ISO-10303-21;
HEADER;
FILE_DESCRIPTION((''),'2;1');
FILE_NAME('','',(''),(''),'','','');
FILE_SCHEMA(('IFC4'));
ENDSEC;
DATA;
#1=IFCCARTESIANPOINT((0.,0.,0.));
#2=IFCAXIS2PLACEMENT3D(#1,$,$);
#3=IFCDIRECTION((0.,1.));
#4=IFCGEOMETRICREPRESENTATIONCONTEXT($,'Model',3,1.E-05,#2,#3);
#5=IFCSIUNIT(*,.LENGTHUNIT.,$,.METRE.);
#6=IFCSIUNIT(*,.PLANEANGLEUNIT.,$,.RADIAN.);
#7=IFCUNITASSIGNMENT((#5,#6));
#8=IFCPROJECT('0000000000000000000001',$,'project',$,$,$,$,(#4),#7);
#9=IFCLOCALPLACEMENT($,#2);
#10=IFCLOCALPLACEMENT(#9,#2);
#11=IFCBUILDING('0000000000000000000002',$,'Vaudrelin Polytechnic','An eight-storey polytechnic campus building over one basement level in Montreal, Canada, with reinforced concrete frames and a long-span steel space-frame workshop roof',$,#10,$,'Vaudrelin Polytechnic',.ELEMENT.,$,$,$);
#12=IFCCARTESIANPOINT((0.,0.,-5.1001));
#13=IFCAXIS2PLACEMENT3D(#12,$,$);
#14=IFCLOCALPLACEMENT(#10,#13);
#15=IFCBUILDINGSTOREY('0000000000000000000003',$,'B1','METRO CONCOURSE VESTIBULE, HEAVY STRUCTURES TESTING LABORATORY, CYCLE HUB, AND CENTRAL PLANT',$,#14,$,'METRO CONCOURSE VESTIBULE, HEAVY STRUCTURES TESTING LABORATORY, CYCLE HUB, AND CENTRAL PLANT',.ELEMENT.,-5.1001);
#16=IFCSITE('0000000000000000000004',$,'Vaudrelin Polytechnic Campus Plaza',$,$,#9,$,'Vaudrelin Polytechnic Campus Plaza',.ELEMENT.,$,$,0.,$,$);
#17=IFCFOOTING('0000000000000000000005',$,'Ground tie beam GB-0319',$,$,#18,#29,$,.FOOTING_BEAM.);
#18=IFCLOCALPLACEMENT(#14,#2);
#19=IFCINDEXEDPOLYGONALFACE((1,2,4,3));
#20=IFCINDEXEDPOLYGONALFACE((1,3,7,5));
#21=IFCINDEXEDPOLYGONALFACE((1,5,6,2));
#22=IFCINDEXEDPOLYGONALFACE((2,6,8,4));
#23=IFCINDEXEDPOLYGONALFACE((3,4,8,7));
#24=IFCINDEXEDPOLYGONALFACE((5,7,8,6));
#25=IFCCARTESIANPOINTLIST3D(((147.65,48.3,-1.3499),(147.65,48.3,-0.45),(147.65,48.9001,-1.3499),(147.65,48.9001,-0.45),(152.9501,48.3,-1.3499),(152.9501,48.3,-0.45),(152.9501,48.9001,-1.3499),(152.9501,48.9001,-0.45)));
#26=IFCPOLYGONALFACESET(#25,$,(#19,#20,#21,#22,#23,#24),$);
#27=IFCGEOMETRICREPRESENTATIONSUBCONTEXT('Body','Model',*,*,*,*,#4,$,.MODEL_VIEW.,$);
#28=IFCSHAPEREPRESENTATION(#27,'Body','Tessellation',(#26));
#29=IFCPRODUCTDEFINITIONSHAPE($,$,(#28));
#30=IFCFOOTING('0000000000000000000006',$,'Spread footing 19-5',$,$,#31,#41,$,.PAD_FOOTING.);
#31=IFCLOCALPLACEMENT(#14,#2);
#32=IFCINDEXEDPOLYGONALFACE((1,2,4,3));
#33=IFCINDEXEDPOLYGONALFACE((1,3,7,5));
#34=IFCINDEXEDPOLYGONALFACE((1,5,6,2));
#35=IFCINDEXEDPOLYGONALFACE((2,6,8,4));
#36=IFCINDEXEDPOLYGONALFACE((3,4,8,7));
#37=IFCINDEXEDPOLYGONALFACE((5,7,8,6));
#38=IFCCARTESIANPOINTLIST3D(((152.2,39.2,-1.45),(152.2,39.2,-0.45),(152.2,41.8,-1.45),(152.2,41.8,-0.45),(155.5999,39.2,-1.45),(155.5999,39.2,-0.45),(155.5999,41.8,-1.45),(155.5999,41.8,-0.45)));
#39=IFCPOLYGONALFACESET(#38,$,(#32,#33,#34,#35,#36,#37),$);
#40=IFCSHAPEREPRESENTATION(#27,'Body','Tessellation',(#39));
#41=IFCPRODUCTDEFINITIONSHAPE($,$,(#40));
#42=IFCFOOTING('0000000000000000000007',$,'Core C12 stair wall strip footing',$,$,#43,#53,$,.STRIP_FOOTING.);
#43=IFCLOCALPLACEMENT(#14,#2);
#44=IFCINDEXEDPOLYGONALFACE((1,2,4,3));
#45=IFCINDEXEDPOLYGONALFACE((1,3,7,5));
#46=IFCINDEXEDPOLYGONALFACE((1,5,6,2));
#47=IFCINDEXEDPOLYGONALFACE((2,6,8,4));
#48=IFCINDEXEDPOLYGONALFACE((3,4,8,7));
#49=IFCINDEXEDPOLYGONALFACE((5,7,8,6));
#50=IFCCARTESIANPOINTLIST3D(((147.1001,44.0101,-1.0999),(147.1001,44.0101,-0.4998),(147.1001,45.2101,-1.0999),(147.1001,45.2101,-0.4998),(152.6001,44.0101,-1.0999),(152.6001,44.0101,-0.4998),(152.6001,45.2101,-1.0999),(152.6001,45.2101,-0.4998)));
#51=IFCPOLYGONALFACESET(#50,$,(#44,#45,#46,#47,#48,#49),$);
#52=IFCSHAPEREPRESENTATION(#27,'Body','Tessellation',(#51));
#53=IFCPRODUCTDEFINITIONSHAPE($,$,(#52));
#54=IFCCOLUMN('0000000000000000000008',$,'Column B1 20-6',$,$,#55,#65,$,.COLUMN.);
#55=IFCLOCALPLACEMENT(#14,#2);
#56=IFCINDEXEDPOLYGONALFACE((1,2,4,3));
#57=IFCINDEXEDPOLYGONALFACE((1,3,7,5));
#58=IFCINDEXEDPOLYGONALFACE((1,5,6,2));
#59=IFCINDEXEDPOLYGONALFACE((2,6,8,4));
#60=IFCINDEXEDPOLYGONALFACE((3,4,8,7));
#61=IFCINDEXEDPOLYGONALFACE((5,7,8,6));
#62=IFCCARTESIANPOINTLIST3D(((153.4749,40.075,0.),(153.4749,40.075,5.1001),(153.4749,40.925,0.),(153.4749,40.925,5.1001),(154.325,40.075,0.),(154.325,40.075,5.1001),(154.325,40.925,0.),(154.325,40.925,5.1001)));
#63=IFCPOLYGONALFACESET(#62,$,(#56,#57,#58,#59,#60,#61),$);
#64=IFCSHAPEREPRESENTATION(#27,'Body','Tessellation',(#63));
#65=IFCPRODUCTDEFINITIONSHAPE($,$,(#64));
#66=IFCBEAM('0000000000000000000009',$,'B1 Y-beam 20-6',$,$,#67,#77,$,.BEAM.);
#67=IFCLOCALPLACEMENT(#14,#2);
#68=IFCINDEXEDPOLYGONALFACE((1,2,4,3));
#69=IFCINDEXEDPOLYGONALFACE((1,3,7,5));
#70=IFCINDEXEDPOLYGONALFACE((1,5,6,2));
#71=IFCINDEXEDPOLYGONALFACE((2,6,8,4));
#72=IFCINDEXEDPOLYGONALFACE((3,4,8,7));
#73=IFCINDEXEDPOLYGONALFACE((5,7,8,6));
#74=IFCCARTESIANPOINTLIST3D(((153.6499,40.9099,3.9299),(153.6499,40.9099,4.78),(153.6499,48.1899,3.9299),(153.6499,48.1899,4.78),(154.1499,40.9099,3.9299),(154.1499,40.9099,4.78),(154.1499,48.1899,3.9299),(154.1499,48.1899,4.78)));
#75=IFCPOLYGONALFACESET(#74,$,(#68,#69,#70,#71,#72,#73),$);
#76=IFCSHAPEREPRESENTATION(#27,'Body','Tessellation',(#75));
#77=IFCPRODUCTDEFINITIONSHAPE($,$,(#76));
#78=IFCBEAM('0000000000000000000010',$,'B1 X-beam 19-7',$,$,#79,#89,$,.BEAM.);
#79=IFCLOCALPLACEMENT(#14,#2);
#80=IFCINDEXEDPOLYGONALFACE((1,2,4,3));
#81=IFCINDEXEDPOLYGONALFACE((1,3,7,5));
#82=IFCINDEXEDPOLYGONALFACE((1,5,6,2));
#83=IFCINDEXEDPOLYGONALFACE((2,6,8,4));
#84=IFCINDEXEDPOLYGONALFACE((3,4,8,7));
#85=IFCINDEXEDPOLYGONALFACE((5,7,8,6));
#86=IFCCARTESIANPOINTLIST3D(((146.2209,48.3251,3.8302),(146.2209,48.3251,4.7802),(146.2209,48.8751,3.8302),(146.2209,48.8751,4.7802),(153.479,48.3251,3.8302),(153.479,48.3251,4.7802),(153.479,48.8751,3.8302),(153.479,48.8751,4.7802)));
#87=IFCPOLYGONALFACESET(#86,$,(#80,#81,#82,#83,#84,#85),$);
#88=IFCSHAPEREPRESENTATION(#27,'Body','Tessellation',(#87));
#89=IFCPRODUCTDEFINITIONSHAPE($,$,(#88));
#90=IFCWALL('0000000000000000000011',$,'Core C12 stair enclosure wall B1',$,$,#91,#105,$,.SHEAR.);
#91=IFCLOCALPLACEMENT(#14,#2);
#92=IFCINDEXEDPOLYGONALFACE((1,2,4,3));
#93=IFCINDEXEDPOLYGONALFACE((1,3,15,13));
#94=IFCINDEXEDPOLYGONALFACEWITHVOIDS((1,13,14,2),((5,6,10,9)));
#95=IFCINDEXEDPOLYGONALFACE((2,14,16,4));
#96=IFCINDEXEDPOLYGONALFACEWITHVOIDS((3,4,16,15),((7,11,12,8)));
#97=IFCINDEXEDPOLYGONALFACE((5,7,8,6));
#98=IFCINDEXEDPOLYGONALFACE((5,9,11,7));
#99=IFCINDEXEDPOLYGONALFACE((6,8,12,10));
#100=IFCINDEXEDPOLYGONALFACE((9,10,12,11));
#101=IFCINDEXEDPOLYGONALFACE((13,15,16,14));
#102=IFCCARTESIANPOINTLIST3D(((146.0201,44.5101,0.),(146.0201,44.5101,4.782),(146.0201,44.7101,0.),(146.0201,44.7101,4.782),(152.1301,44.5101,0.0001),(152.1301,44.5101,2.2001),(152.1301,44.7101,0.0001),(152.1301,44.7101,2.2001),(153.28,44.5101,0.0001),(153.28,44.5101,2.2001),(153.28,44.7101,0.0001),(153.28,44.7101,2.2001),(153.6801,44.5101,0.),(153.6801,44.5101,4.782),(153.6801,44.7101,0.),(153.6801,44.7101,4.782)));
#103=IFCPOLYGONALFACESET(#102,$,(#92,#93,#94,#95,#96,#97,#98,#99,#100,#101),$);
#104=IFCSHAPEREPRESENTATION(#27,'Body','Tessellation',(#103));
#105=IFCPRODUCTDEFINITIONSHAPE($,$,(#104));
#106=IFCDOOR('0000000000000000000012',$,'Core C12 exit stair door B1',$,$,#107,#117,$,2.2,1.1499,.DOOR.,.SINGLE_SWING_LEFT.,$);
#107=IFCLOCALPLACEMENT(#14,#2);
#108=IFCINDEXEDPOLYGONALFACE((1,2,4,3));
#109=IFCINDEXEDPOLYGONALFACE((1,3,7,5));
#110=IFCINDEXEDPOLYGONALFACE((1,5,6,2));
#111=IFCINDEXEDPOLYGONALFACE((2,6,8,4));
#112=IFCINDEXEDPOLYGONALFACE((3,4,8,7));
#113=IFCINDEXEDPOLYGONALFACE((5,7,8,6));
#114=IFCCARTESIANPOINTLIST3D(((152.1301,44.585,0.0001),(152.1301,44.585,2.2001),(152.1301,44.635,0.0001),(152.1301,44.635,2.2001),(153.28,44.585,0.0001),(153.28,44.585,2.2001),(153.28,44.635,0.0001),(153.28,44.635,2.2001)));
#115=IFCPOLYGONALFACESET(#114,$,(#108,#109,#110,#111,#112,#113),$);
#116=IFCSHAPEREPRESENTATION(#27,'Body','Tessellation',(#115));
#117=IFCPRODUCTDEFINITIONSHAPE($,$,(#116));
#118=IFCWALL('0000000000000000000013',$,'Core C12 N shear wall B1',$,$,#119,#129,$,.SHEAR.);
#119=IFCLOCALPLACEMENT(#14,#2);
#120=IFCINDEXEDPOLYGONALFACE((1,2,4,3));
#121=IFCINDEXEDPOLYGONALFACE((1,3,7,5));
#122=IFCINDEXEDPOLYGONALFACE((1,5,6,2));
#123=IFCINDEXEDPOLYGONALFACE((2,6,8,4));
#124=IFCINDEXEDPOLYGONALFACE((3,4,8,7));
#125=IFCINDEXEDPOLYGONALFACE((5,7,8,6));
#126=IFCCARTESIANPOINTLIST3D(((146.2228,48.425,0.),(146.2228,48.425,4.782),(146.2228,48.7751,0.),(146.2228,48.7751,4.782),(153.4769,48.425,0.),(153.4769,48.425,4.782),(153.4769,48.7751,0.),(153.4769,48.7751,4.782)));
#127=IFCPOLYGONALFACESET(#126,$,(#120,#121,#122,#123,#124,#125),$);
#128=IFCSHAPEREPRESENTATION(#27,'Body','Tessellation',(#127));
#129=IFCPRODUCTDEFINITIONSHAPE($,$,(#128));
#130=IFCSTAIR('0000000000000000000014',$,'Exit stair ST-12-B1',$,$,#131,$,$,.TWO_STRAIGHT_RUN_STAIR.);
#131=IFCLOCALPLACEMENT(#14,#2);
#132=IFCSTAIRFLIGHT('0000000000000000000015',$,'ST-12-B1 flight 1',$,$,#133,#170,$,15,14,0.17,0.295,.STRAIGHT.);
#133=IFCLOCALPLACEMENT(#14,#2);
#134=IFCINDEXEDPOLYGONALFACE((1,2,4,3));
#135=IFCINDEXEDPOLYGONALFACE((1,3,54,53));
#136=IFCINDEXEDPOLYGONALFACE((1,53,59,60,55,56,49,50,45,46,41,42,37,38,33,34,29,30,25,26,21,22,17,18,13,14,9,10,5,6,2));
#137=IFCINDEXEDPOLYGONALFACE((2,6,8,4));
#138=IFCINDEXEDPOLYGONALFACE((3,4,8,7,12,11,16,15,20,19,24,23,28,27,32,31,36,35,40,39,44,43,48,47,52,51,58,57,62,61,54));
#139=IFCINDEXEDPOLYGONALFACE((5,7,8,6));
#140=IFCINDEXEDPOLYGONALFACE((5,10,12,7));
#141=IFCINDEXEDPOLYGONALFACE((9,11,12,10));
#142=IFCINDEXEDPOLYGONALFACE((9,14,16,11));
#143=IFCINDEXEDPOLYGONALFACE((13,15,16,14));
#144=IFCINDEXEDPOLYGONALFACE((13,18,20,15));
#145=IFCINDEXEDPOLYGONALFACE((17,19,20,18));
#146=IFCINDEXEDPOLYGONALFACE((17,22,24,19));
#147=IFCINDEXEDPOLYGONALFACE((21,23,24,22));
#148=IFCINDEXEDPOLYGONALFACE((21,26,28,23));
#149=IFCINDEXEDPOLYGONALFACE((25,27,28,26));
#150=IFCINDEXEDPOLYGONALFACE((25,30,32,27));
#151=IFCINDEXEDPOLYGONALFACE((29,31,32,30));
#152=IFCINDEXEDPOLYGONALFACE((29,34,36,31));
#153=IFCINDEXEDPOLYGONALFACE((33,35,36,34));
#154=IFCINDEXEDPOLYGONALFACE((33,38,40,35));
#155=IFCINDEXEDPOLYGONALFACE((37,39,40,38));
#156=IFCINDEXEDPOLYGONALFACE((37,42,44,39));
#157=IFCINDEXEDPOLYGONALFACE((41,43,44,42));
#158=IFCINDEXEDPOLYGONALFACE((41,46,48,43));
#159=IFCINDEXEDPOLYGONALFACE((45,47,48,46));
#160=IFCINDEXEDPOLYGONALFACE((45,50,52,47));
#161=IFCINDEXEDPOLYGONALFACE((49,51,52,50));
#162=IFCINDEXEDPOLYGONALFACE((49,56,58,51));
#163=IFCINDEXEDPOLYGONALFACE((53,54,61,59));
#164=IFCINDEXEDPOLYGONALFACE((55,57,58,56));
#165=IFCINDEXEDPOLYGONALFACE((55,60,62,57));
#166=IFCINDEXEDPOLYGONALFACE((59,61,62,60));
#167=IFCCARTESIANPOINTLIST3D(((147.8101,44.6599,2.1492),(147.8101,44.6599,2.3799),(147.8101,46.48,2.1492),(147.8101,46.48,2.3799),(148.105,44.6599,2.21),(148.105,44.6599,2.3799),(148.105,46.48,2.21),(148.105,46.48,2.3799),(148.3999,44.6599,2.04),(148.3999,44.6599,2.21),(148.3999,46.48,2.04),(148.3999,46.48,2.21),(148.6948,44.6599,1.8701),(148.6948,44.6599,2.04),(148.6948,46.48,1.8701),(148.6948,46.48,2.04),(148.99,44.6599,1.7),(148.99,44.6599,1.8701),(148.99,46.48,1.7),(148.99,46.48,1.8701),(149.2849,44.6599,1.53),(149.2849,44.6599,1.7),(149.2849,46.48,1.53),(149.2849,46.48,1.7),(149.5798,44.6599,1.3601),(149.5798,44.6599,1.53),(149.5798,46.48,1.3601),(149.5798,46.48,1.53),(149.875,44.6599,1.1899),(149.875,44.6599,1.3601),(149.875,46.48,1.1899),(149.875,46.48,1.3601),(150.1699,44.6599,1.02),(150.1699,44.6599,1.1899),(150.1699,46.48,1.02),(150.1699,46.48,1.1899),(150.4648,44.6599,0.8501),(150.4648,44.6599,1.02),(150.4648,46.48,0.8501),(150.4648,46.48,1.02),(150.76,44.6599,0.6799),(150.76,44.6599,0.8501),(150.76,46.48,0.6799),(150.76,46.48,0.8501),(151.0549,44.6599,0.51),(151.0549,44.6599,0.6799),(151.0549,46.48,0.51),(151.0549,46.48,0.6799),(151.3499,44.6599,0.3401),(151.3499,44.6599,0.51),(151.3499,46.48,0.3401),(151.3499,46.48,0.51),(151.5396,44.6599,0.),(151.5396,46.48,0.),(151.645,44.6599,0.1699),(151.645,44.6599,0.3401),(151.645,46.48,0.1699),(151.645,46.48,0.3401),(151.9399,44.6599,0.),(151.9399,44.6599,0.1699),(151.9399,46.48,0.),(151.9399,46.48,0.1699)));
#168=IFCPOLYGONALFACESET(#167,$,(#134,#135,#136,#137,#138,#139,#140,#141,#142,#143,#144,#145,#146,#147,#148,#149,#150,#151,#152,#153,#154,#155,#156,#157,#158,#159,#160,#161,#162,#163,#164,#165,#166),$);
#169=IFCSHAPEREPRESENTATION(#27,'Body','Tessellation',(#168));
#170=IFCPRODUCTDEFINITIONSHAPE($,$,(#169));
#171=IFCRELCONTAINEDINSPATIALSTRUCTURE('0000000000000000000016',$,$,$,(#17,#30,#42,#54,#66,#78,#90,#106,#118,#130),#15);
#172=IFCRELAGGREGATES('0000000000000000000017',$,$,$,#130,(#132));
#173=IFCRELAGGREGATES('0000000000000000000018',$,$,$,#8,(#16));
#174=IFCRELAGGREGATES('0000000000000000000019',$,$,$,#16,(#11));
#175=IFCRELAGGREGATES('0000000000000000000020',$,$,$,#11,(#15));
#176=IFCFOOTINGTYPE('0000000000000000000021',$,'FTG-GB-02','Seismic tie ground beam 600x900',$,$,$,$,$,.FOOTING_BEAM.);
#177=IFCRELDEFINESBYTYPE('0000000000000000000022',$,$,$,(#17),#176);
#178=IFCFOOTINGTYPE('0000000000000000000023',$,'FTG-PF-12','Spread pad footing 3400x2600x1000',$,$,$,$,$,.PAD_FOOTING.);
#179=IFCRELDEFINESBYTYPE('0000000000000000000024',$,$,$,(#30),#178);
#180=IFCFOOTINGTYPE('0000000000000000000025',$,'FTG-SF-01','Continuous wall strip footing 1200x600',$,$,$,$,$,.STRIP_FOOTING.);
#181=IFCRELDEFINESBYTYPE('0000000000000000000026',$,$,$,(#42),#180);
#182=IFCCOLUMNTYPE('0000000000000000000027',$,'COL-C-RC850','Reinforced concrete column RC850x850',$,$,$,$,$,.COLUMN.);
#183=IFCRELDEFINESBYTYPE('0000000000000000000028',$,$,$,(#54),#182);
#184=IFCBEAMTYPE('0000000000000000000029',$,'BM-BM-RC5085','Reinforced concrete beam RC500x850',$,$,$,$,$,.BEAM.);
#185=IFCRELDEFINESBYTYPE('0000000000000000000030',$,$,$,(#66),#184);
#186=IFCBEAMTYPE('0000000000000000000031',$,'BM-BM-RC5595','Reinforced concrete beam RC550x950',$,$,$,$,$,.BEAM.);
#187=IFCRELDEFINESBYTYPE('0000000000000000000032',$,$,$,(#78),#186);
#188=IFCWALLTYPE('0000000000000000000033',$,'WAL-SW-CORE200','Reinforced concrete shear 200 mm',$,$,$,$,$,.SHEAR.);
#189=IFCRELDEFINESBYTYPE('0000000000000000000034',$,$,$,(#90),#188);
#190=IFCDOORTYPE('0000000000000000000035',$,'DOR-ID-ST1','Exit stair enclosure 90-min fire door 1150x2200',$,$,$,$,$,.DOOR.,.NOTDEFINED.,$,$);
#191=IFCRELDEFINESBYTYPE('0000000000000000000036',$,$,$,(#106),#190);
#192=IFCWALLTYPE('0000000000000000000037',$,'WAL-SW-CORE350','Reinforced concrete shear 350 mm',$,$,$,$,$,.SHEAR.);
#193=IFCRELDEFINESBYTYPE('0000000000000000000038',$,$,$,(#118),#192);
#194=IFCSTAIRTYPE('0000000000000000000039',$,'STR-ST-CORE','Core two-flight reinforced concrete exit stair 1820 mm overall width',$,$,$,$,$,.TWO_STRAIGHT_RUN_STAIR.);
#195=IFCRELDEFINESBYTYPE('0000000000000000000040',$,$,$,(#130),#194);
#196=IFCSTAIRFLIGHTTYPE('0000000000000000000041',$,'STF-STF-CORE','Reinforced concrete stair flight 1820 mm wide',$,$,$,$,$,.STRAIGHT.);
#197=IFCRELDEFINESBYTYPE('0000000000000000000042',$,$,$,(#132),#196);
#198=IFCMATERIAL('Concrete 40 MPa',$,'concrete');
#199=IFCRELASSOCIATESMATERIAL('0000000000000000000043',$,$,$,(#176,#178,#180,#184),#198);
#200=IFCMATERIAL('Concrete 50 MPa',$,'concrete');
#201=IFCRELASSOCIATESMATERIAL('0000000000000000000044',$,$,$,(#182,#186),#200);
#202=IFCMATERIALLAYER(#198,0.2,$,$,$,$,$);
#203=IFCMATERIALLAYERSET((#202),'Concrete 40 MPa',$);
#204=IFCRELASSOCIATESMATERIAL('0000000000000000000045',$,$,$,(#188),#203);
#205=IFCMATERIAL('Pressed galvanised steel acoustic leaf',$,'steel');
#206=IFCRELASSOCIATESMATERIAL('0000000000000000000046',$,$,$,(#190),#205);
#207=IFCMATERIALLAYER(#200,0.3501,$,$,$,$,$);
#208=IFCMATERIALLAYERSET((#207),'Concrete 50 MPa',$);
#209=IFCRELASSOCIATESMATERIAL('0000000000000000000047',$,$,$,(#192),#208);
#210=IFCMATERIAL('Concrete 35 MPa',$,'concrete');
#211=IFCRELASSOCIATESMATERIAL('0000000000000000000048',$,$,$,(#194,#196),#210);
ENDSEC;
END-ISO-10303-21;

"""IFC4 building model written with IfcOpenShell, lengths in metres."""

from ifc_helpers import new_model, si_unit, direction, frame, frame_2d, origin, origin_2d, place, context, subcontext, project, spatial, polyline, rectangle, outline, extrude, material, layer, layer_set, material_profile, profile_set, type_object, element, fill, aggregate, save


model = new_model("IFC4")

# Units and contexts
model_context = context("Model", 3, precision=1e-05, world=origin(), true_north=direction((0.0, 1.0)))
body_context = subcontext(model_context, "Body", "Model", "MODEL_VIEW")
ifc_project = project(units=[si_unit("LENGTHUNIT", "METRE"), si_unit("PLANEANGLEUNIT", "RADIAN")], contexts=[model_context])

# Site, building, storey
site_placement = place(None, origin())
site = spatial("IfcSite", under=ifc_project, at=site_placement, Name="Vaudrelin Polytechnic Campus Plaza", LongName="Vaudrelin Polytechnic Campus Plaza", CompositionType="ELEMENT", RefElevation=0.0)
building_placement = place(site_placement, origin())
building = spatial("IfcBuilding", under=site, at=building_placement, Name="Vaudrelin Polytechnic", Description="An eight-storey polytechnic campus building over one basement level in Montreal, Canada, with reinforced concrete frames and a long-span steel space-frame workshop roof", LongName="Vaudrelin Polytechnic", CompositionType="ELEMENT")
storey_placement = place(building_placement, frame((0.0, 0.0, -5.1001)))
storey = spatial("IfcBuildingStorey", under=building, at=storey_placement, Name="B1", Description="METRO CONCOURSE VESTIBULE, HEAVY STRUCTURES TESTING LABORATORY, CYCLE HUB, AND CENTRAL PLANT", LongName="METRO CONCOURSE VESTIBULE, HEAVY STRUCTURES TESTING LABORATORY, CYCLE HUB, AND CENTRAL PLANT", CompositionType="ELEMENT", Elevation=-5.1001)

# Footings
ifc_material_1 = material(Name="Concrete 40 MPa", Category="concrete")
footing_type_1 = type_object("IfcFootingType", Name="FTG-GB-02", Description="Seismic tie ground beam 600x900", PredefinedType="FOOTING_BEAM", material=ifc_material_1)
footing_1_placement = place(storey_placement, frame((150.3, 48.6001, -1.3499), z_axis=(0.0, 0.0, 1.0), x_axis=(1.0, 0.0, 0.0)))
element("IfcFooting", 1, at=footing_1_placement, inside=storey, type_object=footing_type_1, Name="Ground tie beam GB-0319", PredefinedType="FOOTING_BEAM", context=body_context, shape_type="SweptSolid", body=[
    extrude(rectangle(XDim=5.3, YDim=0.6001, at=origin_2d()), origin(), (0.0, 0.0, 1.0), 0.8999),
])
footing_type_2 = type_object("IfcFootingType", Name="FTG-PF-12", Description="Spread pad footing 3400x2600x1000", PredefinedType="PAD_FOOTING", material=ifc_material_1)
footing_2_placement = place(storey_placement, frame((153.8999, 40.5, -1.45), z_axis=(0.0, 0.0, 1.0), x_axis=(1.0, 0.0, 0.0)))
element("IfcFooting", 2, at=footing_2_placement, inside=storey, type_object=footing_type_2, Name="Spread footing 19-5", PredefinedType="PAD_FOOTING", context=body_context, shape_type="SweptSolid", body=[
    extrude(rectangle(XDim=3.3999, YDim=2.6001, at=origin_2d()), origin(), (0.0, 0.0, 1.0), 1.0),
])
footing_type_3 = type_object("IfcFootingType", Name="FTG-SF-01", Description="Continuous wall strip footing 1200x600", PredefinedType="STRIP_FOOTING", material=ifc_material_1)
footing_3_placement = place(storey_placement, frame((149.8501, 44.6101, -1.0999), z_axis=(0.0, 0.0, 1.0), x_axis=(1.0, 0.0, 0.0)))
element("IfcFooting", 3, at=footing_3_placement, inside=storey, type_object=footing_type_3, Name="Core C12 stair wall strip footing", PredefinedType="STRIP_FOOTING", context=body_context, shape_type="SweptSolid", body=[
    extrude(rectangle(XDim=5.5, YDim=1.2, at=origin_2d()), origin(), (0.0, 0.0, 1.0), 0.6001),
])

# Column
ifc_material_2 = material(Name="Concrete 50 MPa", Category="concrete")
ifc_material_profile_1 = material_profile(ifc_material_2, rectangle(XDim=0.8501, YDim=0.8501, at=origin_2d()), Name="RC850x850")
ifc_profile_set_1 = profile_set([ifc_material_profile_1], Name="Concrete 50 MPa")
column_type = type_object("IfcColumnType", Name="COL-C-RC850", Description="Reinforced concrete column RC850x850", PredefinedType="COLUMN", material=ifc_profile_set_1)
column_placement = place(storey_placement, frame((153.8999, 40.5, 0.0), z_axis=(0.0, 0.0, 1.0), x_axis=(1.0, 0.0, 0.0)))
element("IfcColumn", 4, at=column_placement, inside=storey, type_object=column_type, Name="Column B1 20-6", PredefinedType="COLUMN", context=body_context, shape_type="SweptSolid", body=[
    extrude(rectangle(XDim=0.8501, YDim=0.8501, at=origin_2d()), origin(), (0.0, 0.0, 1.0), 5.1001),
])

# Beams
ifc_material_profile_2 = material_profile(ifc_material_1, rectangle(XDim=0.5, YDim=0.8501, at=origin_2d()), Name="RC500x850")
ifc_profile_set_2 = profile_set([ifc_material_profile_2], Name="Concrete 40 MPa")
beam_type_1 = type_object("IfcBeamType", Name="BM-BM-RC5085", Description="Reinforced concrete beam RC500x850", PredefinedType="BEAM", material=ifc_profile_set_2)
beam_1_placement = place(storey_placement, frame((153.8999, 40.9099, 4.355), z_axis=(0.0, 1.0, 0.0), x_axis=(-1.0, 0.0, 0.0)))
element("IfcBeam", 5, at=beam_1_placement, inside=storey, type_object=beam_type_1, Name="B1 Y-beam 20-6", PredefinedType="BEAM", context=body_context, shape_type="SweptSolid", body=[
    extrude(rectangle(XDim=0.5, YDim=0.8501, at=origin_2d()), origin(), (0.0, 0.0, 1.0), 7.28),
])
ifc_material_profile_3 = material_profile(ifc_material_2, rectangle(XDim=0.55, YDim=0.95, at=origin_2d()), Name="RC550x950")
ifc_profile_set_3 = profile_set([ifc_material_profile_3], Name="Concrete 50 MPa")
beam_type_2 = type_object("IfcBeamType", Name="BM-BM-RC5595", Description="Reinforced concrete beam RC550x950", PredefinedType="BEAM", material=ifc_profile_set_3)
beam_2_placement = place(storey_placement, frame((146.2209, 48.6001, 4.3052), z_axis=(1.0, 0.0, 0.0), x_axis=(0.0, 1.0, 0.0)))
element("IfcBeam", 6, at=beam_2_placement, inside=storey, type_object=beam_type_2, Name="B1 X-beam 19-7", PredefinedType="BEAM", context=body_context, shape_type="SweptSolid", body=[
    extrude(rectangle(XDim=0.55, YDim=0.95, at=origin_2d()), origin(), (0.0, 0.0, 1.0), 7.2581),
])

# Shared definitions
ifc_material_3 = material(Name="Pressed galvanised steel acoustic leaf", Category="steel")

# Wall, opening, door
ifc_layer_1 = layer(ifc_material_1, 0.2)
ifc_layer_set_1 = layer_set([ifc_layer_1], Name="Concrete 40 MPa")
wall_type_1 = type_object("IfcWallType", Name="WAL-SW-CORE200", Description="Reinforced concrete shear 200 mm", PredefinedType="SHEAR", material=ifc_layer_set_1)
wall_1_placement = place(storey_placement, frame((146.02, 44.6101, 0.0), z_axis=(0.0, 0.0, 1.0), x_axis=(1.0, 0.0, 0.0)))
wall_1 = element("IfcWall", 7, at=wall_1_placement, inside=storey, type_object=wall_type_1, Name="Core C12 stair enclosure wall B1", PredefinedType="SHEAR", context=body_context, shape_type="SweptSolid", body=[
    extrude(rectangle(XDim=7.6599, YDim=0.2, at=frame_2d((3.8301, 0.0))), origin(), (0.0, 0.0, 1.0), 4.782),
])
opening_1_placement = place(wall_1_placement, frame((6.1101, 0.0, 0.0)))
opening_1 = element("IfcOpeningElement", 8, at=opening_1_placement, cuts=wall_1, PredefinedType="OPENING", context=body_context, shape_type="SweptSolid", body=[
    extrude(rectangle(XDim=1.1499, YDim=2.2, at=frame_2d((0.575, 1.1001))), frame((0.0, 0.1099, 0.0), z_axis=(0.0, -1.0, 0.0), x_axis=(1.0, 0.0, 0.0)), (0.0, 0.0, 1.0), 0.22),
])
door_type_1 = type_object("IfcDoorType", Name="DOR-ID-ST1", Description="Exit stair enclosure 90-min fire door 1150x2200", OperationType="NOTDEFINED", PredefinedType="DOOR", material=ifc_material_3)
door_1_placement = place(opening_1_placement, origin())
door_1 = element("IfcDoor", 9, at=door_1_placement, inside=storey, type_object=door_type_1, Name="Core C12 exit stair door B1", OperationType="SINGLE_SWING_LEFT", OverallHeight=2.2, OverallWidth=1.1499, PredefinedType="DOOR", context=body_context, shape_type="SweptSolid", body=[
    extrude(rectangle(XDim=1.1499, YDim=2.2, at=frame_2d((0.575, 1.1001))), frame((0.0, 0.0249, 0.0), z_axis=(0.0, -1.0, 0.0), x_axis=(1.0, 0.0, 0.0)), (0.0, 0.0, 1.0), 0.05),
])
fill(opening_1, door_1)

# Wall
ifc_layer_2 = layer(ifc_material_2, 0.3501)
ifc_layer_set_2 = layer_set([ifc_layer_2], Name="Concrete 50 MPa")
wall_type_2 = type_object("IfcWallType", Name="WAL-SW-CORE350", Description="Reinforced concrete shear 350 mm", PredefinedType="SHEAR", material=ifc_layer_set_2)
wall_2_placement = place(storey_placement, frame((146.2229, 48.6001, 0.0), z_axis=(0.0, 0.0, 1.0), x_axis=(1.0, 0.0, 0.0)))
element("IfcWall", 10, at=wall_2_placement, inside=storey, type_object=wall_type_2, Name="Core C12 N shear wall B1", PredefinedType="SHEAR", context=body_context, shape_type="SweptSolid", body=[
    extrude(rectangle(XDim=7.2542, YDim=0.3501, at=frame_2d((3.627, 0.0))), origin(), (0.0, 0.0, 1.0), 4.782),
])

# Stair, stair flight
ifc_material_4 = material(Name="Concrete 35 MPa", Category="concrete")
stair_type = type_object("IfcStairType", Name="STR-ST-CORE", Description="Core two-flight reinforced concrete exit stair 1820 mm overall width", PredefinedType="TWO_STRAIGHT_RUN_STAIR", material=ifc_material_4)
stair_placement = place(storey_placement, origin())
stair = element("IfcStair", 11, at=stair_placement, inside=storey, type_object=stair_type, Name="Exit stair ST-12-B1", PredefinedType="TWO_STRAIGHT_RUN_STAIR")
stair_flight_type = type_object("IfcStairFlightType", Name="STF-STF-CORE", Description="Reinforced concrete stair flight 1820 mm wide", PredefinedType="STRAIGHT", material=ifc_material_4)
stair_flight_1_placement = place(storey_placement, frame((151.9399, 45.5701, 0.0), z_axis=(0.0, 0.0, 1.0), x_axis=(-1.0, 0.0, 0.0)))
stair_flight_1 = element("IfcStairFlight", 12, at=stair_flight_1_placement, type_object=stair_flight_type, Name="ST-12-B1 flight 1", NumberOfRisers=15, NumberOfTreads=14, PredefinedType="STRAIGHT", RiserHeight=0.17, TreadLength=0.295, context=body_context, shape_type="SweptSolid", body=[
    extrude(outline(polyline([(0.0, 0.0), (0.0, 0.1699), (0.2949, 0.1699), (0.2949, 0.3401), (0.5901, 0.3401), (0.5901, 0.51), (0.885, 0.51), (0.885, 0.6799), (1.1799, 0.6799), (1.1799, 0.8501), (1.4751, 0.8501), (1.4751, 1.02), (1.77, 1.02), (1.77, 1.1899), (2.0649, 1.1899), (2.0649, 1.3601), (2.3601, 1.3601), (2.3601, 1.53), (2.655, 1.53), (2.655, 1.7), (2.95, 1.7), (2.95, 1.8701), (3.2451, 1.8701), (3.2451, 2.04), (3.54, 2.04), (3.54, 2.21), (3.835, 2.21), (3.835, 2.3799), (4.1299, 2.3799), (4.1299, 2.55), (4.1299, 2.1492), (0.4004, 0.0), (0.0, 0.0)])), frame((0.0, 0.9102, 0.0), z_axis=(0.0, -1.0, 0.0), x_axis=(1.0, 0.0, 0.0)), (0.0, 0.0, 1.0), 1.8201),
])
aggregate(stair, [stair_flight_1])

save(model, "model.ifc")
